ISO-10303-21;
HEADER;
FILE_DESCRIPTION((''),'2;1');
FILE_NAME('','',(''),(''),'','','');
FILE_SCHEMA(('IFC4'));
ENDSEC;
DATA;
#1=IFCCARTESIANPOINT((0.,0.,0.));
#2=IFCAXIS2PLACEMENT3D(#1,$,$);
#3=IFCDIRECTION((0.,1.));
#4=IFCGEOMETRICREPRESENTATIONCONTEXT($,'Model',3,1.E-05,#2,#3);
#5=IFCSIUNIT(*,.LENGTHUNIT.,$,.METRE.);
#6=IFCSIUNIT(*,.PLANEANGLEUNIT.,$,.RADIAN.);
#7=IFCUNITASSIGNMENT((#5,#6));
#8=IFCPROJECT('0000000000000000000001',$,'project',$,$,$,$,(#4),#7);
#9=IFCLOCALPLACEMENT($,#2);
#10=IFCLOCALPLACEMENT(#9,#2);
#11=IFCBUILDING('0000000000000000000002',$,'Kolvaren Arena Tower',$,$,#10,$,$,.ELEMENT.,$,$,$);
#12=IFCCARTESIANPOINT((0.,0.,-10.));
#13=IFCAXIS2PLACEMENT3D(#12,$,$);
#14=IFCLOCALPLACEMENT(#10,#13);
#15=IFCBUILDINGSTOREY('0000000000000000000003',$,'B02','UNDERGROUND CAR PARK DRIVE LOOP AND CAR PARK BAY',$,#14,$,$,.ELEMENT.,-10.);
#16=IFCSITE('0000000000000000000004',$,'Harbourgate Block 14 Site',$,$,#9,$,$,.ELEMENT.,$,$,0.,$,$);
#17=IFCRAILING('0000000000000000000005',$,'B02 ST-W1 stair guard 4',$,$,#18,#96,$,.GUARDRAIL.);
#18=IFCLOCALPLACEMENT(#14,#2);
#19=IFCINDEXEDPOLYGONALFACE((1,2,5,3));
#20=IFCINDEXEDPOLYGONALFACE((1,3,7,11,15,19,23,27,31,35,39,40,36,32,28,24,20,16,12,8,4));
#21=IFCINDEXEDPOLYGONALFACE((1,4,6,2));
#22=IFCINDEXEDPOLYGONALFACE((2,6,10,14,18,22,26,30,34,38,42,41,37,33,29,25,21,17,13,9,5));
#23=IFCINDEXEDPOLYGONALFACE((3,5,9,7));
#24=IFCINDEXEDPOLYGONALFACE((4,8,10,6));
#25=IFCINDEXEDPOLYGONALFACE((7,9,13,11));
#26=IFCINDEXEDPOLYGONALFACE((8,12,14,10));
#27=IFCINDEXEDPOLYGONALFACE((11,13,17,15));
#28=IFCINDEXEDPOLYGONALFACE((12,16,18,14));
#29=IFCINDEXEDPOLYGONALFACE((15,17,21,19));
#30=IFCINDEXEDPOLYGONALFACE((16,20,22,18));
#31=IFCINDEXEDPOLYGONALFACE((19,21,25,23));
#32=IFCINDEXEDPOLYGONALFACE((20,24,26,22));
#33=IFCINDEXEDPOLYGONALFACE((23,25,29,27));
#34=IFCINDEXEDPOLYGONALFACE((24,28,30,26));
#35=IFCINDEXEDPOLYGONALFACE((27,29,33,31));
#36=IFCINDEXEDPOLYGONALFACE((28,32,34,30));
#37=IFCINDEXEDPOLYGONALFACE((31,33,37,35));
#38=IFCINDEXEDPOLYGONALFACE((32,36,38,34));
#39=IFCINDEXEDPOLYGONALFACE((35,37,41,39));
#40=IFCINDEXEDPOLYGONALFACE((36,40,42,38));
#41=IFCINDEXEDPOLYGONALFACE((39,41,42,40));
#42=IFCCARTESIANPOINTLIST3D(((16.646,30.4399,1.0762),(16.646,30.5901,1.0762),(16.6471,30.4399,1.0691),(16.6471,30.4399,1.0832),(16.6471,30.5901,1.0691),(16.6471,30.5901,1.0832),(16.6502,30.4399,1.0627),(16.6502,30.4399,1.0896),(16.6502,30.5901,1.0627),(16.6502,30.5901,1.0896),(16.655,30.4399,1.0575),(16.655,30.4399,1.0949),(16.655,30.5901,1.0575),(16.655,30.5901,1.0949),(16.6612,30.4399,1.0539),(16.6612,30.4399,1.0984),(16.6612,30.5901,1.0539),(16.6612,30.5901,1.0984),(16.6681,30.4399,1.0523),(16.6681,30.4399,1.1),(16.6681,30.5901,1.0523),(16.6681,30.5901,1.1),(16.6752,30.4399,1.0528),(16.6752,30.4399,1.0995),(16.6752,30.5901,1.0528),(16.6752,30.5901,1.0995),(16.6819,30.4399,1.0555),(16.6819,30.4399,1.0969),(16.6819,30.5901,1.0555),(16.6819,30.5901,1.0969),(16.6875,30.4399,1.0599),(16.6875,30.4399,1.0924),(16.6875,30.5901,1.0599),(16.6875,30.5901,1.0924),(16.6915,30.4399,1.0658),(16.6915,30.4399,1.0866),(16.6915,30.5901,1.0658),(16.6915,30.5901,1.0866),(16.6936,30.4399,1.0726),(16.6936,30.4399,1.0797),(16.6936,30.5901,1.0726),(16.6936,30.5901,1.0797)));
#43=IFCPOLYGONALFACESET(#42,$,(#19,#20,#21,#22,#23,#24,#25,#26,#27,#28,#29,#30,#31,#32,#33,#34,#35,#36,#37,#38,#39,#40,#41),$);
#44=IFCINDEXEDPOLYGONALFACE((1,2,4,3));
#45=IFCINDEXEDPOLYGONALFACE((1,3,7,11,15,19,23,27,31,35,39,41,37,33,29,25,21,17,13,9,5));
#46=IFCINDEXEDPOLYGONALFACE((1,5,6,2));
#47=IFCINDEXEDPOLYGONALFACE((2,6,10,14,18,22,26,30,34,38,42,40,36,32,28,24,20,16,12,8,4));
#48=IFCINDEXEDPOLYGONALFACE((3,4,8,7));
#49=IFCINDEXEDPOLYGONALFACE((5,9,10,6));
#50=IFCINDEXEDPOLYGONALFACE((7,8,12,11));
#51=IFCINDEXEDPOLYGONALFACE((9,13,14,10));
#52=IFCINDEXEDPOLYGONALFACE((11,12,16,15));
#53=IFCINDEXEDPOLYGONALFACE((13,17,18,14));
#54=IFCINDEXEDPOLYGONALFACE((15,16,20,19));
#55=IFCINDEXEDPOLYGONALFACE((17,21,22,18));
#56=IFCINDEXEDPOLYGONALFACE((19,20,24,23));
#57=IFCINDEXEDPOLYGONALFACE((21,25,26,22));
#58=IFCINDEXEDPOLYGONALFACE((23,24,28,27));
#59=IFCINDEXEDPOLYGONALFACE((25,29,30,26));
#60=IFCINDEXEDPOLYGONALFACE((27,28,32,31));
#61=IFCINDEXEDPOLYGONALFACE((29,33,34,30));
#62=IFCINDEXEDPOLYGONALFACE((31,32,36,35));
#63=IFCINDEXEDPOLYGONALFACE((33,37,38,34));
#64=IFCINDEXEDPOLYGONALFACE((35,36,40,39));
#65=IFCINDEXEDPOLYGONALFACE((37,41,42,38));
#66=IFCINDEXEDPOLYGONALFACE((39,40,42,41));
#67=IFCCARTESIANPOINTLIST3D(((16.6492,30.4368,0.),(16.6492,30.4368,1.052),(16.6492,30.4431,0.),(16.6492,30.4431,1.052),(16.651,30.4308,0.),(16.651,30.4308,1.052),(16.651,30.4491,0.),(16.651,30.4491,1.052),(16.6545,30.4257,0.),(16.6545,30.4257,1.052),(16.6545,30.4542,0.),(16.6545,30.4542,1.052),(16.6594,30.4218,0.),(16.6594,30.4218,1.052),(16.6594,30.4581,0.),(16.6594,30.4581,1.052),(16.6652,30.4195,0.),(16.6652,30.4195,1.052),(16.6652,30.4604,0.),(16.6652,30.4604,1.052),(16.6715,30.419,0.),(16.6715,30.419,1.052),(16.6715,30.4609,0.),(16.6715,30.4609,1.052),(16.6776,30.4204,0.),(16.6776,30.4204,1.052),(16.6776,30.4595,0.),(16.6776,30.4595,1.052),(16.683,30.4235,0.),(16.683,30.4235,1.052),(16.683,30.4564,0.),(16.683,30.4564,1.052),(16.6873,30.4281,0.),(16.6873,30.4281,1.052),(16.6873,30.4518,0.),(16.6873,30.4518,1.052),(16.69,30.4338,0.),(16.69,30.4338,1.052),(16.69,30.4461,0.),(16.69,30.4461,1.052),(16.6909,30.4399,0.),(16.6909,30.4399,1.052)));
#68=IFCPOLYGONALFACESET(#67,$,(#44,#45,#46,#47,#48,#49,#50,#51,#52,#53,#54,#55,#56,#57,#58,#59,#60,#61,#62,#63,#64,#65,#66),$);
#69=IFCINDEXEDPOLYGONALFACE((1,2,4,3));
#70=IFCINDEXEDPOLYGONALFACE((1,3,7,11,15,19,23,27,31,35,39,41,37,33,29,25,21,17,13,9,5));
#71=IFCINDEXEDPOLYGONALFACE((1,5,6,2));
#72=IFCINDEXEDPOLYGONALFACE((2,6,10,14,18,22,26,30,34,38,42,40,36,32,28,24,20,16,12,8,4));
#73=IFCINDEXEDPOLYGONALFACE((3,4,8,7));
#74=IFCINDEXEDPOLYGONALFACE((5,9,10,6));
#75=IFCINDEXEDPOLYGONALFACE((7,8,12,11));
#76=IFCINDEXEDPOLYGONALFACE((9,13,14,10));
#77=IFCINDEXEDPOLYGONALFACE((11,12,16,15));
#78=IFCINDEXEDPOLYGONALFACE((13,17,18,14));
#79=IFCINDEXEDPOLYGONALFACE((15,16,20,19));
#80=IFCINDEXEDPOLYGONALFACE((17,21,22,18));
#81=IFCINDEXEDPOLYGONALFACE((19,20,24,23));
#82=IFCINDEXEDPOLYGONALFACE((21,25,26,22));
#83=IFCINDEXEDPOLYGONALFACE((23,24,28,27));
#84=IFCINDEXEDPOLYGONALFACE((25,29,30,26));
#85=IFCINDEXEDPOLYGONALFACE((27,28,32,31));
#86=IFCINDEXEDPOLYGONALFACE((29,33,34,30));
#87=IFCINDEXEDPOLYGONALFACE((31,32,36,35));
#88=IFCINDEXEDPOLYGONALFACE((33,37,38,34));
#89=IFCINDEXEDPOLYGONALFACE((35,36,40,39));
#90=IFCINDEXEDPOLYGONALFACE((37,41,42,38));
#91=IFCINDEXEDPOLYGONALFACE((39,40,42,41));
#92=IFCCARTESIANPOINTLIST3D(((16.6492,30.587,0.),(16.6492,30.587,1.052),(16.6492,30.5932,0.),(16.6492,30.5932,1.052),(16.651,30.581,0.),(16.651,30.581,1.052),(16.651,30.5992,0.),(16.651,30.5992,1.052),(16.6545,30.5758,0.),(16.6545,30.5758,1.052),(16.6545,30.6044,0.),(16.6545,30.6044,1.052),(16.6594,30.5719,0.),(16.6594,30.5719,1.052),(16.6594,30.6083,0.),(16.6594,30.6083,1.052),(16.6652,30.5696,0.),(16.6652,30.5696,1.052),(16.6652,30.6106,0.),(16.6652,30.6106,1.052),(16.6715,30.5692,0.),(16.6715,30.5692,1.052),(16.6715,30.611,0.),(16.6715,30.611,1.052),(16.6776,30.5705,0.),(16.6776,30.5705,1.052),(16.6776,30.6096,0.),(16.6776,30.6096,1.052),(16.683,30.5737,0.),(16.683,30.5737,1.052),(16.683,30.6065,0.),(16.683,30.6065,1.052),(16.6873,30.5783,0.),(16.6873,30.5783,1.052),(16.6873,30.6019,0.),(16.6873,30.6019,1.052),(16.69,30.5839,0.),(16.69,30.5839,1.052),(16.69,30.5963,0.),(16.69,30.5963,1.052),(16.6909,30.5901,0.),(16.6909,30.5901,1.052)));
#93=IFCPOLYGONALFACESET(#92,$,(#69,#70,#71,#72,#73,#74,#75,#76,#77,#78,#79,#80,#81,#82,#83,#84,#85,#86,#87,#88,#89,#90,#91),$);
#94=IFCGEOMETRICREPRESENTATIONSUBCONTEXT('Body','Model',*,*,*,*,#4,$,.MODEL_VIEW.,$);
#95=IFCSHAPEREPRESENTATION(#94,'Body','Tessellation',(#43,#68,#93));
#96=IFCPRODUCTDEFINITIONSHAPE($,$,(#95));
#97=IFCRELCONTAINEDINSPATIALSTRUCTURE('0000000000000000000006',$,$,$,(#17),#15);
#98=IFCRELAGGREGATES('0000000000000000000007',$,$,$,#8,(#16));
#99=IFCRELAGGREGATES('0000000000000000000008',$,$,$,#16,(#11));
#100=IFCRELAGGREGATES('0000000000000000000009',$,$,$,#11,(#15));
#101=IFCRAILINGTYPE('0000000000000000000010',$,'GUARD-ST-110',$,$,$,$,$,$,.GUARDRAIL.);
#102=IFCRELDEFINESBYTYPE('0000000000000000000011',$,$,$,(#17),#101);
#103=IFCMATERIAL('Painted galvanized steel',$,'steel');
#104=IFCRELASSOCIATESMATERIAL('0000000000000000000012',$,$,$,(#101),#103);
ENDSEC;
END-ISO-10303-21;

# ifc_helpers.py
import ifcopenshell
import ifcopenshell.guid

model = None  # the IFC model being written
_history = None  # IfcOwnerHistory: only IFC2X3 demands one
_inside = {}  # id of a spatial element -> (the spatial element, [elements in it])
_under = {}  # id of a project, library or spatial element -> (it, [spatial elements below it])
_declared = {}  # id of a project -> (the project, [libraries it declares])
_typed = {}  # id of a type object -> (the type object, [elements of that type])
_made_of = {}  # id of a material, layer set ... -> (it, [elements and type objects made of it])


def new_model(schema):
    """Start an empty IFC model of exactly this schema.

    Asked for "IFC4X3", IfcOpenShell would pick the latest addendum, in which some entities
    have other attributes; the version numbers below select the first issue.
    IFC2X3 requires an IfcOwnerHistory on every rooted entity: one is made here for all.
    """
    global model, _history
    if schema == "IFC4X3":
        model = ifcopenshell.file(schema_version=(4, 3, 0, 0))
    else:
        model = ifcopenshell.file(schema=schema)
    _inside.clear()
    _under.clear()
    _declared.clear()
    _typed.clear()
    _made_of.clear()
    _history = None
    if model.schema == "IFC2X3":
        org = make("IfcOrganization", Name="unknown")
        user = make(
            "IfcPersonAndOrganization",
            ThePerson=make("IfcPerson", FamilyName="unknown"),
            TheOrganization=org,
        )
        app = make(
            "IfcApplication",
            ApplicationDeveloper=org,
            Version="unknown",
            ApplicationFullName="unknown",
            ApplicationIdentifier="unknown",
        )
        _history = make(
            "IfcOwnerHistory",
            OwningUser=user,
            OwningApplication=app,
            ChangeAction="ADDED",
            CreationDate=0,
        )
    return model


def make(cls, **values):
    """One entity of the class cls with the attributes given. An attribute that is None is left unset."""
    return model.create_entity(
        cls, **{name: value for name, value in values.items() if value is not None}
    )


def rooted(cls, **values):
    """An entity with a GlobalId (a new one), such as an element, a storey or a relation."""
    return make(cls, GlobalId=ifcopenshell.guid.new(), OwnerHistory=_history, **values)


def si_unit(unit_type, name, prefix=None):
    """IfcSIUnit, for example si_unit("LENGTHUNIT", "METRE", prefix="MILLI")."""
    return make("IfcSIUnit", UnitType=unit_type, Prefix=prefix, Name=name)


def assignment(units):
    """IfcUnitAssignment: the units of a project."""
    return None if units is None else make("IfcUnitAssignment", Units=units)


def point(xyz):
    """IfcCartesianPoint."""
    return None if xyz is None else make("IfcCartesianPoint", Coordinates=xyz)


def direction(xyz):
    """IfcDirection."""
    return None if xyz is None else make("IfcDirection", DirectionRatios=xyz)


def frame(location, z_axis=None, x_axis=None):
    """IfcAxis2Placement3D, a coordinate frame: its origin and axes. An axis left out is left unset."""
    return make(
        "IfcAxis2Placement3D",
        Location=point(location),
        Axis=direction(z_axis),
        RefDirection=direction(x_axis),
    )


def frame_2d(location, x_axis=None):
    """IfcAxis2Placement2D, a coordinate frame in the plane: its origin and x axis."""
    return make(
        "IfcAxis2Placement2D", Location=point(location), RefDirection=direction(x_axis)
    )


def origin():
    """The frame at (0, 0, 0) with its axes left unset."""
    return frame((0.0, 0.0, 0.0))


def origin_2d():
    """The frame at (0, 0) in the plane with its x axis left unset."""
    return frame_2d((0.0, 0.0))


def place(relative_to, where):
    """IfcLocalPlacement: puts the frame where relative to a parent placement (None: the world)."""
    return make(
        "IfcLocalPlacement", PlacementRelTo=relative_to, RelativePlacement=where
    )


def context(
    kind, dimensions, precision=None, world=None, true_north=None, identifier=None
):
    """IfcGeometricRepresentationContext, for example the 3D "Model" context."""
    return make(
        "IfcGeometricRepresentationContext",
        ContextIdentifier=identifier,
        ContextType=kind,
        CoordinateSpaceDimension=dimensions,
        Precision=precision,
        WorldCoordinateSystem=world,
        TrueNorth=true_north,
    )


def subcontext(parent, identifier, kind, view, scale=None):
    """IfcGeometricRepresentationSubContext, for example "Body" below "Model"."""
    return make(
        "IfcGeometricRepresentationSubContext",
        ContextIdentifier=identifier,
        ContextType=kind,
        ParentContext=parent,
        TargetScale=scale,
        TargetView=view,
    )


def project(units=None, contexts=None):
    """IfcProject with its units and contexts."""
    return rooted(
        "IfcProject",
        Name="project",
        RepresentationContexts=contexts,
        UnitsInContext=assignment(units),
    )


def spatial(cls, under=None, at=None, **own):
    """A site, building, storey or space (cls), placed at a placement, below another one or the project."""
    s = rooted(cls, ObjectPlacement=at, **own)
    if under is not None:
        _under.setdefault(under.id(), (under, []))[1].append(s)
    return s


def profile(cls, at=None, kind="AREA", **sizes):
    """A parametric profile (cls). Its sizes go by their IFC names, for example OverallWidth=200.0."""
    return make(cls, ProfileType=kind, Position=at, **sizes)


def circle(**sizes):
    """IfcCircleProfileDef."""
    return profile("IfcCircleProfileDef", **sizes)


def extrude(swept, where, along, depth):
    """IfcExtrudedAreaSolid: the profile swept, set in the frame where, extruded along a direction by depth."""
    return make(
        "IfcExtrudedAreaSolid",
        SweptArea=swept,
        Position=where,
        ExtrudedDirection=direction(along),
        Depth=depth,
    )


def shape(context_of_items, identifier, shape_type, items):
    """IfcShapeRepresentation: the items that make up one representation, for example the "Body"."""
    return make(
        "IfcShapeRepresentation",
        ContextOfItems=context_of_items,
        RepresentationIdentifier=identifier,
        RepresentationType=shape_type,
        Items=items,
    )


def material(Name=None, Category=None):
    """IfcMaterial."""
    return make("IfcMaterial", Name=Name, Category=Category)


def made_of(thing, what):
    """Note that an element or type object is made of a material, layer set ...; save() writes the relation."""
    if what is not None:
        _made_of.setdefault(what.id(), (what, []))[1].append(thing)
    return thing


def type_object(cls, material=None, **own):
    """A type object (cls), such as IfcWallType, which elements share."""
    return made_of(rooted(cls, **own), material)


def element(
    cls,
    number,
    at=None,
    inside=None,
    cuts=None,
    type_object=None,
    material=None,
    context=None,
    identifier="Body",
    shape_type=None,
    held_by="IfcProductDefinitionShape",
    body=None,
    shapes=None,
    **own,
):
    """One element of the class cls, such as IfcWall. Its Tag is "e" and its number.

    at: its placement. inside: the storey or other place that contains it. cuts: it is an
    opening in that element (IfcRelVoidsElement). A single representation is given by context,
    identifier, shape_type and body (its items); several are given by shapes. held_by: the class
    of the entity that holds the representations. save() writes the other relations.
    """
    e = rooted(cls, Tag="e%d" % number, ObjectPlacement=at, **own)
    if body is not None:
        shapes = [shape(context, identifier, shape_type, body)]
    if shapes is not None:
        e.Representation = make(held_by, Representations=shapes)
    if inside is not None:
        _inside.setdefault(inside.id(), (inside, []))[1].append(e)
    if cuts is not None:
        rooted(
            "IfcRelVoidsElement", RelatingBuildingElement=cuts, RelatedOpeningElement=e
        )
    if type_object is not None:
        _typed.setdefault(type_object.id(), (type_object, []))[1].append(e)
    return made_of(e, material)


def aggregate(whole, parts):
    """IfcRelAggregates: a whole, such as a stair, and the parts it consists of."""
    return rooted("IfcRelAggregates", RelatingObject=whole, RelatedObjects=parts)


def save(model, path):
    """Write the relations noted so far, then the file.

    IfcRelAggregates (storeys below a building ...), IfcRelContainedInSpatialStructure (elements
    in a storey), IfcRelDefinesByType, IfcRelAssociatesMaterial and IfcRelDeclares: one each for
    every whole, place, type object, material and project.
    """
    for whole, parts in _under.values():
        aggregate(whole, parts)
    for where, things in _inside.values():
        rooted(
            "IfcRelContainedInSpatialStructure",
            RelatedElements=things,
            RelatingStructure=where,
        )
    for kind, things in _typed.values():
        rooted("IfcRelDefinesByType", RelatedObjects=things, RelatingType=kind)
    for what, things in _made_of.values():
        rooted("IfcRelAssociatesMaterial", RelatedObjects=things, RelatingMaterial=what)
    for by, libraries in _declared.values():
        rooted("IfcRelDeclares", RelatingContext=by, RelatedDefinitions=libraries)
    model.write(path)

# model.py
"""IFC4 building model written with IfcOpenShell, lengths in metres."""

from ifc_helpers import new_model, si_unit, direction, frame, origin, origin_2d, place, context, subcontext, project, spatial, circle, extrude, material, type_object, element, save


model = new_model("IFC4")

# Units and contexts
model_context = context("Model", 3, precision=1e-05, world=origin(), true_north=direction((0.0, 1.0)))
body_context = subcontext(model_context, "Body", "Model", "MODEL_VIEW")
ifc_project = project(units=[si_unit("LENGTHUNIT", "METRE"), si_unit("PLANEANGLEUNIT", "RADIAN")], contexts=[model_context])

# Site, building, storey
site_placement = place(None, origin())
site = spatial("IfcSite", under=ifc_project, at=site_placement, Name="Harbourgate Block 14 Site", CompositionType="ELEMENT", RefElevation=0.0)
building_placement = place(site_placement, origin())
building = spatial("IfcBuilding", under=site, at=building_placement, Name="Kolvaren Arena Tower", CompositionType="ELEMENT")
storey_placement = place(building_placement, frame((0.0, 0.0, -10.0)))
storey = spatial("IfcBuildingStorey", under=building, at=storey_placement, Name="B02", Description="UNDERGROUND CAR PARK DRIVE LOOP AND CAR PARK BAY", CompositionType="ELEMENT", Elevation=-10.0)

# Railing
ifc_material_1 = material(Name="Painted galvanized steel", Category="steel")
railing_type_1 = type_object("IfcRailingType", Name="GUARD-ST-110", PredefinedType="GUARDRAIL", material=ifc_material_1)
railing_1_placement = place(storey_placement, frame((16.6699, 30.4399, 0.0)))
element("IfcRailing", 1, at=railing_1_placement, inside=storey, type_object=railing_type_1, Name="B02 ST-W1 stair guard 4", PredefinedType="GUARDRAIL", context=body_context, shape_type="SweptSolid", body=[
    extrude(circle(Radius=0.0239, at=origin_2d()), frame((0.0, 0.0, 1.0762), z_axis=(0.0, 1.0, 0.0), x_axis=(-1.0, 0.0, 0.0)), (0.0, 0.0, 1.0), 0.1501),
    extrude(circle(Radius=0.021, at=origin_2d()), origin(), (0.0, 0.0, 1.0), 1.052),
    extrude(circle(Radius=0.021, at=origin_2d()), frame((0.0, 0.1501, 0.0)), (0.0, 0.0, 1.0), 1.052),
])

save(model, "model.ifc")
